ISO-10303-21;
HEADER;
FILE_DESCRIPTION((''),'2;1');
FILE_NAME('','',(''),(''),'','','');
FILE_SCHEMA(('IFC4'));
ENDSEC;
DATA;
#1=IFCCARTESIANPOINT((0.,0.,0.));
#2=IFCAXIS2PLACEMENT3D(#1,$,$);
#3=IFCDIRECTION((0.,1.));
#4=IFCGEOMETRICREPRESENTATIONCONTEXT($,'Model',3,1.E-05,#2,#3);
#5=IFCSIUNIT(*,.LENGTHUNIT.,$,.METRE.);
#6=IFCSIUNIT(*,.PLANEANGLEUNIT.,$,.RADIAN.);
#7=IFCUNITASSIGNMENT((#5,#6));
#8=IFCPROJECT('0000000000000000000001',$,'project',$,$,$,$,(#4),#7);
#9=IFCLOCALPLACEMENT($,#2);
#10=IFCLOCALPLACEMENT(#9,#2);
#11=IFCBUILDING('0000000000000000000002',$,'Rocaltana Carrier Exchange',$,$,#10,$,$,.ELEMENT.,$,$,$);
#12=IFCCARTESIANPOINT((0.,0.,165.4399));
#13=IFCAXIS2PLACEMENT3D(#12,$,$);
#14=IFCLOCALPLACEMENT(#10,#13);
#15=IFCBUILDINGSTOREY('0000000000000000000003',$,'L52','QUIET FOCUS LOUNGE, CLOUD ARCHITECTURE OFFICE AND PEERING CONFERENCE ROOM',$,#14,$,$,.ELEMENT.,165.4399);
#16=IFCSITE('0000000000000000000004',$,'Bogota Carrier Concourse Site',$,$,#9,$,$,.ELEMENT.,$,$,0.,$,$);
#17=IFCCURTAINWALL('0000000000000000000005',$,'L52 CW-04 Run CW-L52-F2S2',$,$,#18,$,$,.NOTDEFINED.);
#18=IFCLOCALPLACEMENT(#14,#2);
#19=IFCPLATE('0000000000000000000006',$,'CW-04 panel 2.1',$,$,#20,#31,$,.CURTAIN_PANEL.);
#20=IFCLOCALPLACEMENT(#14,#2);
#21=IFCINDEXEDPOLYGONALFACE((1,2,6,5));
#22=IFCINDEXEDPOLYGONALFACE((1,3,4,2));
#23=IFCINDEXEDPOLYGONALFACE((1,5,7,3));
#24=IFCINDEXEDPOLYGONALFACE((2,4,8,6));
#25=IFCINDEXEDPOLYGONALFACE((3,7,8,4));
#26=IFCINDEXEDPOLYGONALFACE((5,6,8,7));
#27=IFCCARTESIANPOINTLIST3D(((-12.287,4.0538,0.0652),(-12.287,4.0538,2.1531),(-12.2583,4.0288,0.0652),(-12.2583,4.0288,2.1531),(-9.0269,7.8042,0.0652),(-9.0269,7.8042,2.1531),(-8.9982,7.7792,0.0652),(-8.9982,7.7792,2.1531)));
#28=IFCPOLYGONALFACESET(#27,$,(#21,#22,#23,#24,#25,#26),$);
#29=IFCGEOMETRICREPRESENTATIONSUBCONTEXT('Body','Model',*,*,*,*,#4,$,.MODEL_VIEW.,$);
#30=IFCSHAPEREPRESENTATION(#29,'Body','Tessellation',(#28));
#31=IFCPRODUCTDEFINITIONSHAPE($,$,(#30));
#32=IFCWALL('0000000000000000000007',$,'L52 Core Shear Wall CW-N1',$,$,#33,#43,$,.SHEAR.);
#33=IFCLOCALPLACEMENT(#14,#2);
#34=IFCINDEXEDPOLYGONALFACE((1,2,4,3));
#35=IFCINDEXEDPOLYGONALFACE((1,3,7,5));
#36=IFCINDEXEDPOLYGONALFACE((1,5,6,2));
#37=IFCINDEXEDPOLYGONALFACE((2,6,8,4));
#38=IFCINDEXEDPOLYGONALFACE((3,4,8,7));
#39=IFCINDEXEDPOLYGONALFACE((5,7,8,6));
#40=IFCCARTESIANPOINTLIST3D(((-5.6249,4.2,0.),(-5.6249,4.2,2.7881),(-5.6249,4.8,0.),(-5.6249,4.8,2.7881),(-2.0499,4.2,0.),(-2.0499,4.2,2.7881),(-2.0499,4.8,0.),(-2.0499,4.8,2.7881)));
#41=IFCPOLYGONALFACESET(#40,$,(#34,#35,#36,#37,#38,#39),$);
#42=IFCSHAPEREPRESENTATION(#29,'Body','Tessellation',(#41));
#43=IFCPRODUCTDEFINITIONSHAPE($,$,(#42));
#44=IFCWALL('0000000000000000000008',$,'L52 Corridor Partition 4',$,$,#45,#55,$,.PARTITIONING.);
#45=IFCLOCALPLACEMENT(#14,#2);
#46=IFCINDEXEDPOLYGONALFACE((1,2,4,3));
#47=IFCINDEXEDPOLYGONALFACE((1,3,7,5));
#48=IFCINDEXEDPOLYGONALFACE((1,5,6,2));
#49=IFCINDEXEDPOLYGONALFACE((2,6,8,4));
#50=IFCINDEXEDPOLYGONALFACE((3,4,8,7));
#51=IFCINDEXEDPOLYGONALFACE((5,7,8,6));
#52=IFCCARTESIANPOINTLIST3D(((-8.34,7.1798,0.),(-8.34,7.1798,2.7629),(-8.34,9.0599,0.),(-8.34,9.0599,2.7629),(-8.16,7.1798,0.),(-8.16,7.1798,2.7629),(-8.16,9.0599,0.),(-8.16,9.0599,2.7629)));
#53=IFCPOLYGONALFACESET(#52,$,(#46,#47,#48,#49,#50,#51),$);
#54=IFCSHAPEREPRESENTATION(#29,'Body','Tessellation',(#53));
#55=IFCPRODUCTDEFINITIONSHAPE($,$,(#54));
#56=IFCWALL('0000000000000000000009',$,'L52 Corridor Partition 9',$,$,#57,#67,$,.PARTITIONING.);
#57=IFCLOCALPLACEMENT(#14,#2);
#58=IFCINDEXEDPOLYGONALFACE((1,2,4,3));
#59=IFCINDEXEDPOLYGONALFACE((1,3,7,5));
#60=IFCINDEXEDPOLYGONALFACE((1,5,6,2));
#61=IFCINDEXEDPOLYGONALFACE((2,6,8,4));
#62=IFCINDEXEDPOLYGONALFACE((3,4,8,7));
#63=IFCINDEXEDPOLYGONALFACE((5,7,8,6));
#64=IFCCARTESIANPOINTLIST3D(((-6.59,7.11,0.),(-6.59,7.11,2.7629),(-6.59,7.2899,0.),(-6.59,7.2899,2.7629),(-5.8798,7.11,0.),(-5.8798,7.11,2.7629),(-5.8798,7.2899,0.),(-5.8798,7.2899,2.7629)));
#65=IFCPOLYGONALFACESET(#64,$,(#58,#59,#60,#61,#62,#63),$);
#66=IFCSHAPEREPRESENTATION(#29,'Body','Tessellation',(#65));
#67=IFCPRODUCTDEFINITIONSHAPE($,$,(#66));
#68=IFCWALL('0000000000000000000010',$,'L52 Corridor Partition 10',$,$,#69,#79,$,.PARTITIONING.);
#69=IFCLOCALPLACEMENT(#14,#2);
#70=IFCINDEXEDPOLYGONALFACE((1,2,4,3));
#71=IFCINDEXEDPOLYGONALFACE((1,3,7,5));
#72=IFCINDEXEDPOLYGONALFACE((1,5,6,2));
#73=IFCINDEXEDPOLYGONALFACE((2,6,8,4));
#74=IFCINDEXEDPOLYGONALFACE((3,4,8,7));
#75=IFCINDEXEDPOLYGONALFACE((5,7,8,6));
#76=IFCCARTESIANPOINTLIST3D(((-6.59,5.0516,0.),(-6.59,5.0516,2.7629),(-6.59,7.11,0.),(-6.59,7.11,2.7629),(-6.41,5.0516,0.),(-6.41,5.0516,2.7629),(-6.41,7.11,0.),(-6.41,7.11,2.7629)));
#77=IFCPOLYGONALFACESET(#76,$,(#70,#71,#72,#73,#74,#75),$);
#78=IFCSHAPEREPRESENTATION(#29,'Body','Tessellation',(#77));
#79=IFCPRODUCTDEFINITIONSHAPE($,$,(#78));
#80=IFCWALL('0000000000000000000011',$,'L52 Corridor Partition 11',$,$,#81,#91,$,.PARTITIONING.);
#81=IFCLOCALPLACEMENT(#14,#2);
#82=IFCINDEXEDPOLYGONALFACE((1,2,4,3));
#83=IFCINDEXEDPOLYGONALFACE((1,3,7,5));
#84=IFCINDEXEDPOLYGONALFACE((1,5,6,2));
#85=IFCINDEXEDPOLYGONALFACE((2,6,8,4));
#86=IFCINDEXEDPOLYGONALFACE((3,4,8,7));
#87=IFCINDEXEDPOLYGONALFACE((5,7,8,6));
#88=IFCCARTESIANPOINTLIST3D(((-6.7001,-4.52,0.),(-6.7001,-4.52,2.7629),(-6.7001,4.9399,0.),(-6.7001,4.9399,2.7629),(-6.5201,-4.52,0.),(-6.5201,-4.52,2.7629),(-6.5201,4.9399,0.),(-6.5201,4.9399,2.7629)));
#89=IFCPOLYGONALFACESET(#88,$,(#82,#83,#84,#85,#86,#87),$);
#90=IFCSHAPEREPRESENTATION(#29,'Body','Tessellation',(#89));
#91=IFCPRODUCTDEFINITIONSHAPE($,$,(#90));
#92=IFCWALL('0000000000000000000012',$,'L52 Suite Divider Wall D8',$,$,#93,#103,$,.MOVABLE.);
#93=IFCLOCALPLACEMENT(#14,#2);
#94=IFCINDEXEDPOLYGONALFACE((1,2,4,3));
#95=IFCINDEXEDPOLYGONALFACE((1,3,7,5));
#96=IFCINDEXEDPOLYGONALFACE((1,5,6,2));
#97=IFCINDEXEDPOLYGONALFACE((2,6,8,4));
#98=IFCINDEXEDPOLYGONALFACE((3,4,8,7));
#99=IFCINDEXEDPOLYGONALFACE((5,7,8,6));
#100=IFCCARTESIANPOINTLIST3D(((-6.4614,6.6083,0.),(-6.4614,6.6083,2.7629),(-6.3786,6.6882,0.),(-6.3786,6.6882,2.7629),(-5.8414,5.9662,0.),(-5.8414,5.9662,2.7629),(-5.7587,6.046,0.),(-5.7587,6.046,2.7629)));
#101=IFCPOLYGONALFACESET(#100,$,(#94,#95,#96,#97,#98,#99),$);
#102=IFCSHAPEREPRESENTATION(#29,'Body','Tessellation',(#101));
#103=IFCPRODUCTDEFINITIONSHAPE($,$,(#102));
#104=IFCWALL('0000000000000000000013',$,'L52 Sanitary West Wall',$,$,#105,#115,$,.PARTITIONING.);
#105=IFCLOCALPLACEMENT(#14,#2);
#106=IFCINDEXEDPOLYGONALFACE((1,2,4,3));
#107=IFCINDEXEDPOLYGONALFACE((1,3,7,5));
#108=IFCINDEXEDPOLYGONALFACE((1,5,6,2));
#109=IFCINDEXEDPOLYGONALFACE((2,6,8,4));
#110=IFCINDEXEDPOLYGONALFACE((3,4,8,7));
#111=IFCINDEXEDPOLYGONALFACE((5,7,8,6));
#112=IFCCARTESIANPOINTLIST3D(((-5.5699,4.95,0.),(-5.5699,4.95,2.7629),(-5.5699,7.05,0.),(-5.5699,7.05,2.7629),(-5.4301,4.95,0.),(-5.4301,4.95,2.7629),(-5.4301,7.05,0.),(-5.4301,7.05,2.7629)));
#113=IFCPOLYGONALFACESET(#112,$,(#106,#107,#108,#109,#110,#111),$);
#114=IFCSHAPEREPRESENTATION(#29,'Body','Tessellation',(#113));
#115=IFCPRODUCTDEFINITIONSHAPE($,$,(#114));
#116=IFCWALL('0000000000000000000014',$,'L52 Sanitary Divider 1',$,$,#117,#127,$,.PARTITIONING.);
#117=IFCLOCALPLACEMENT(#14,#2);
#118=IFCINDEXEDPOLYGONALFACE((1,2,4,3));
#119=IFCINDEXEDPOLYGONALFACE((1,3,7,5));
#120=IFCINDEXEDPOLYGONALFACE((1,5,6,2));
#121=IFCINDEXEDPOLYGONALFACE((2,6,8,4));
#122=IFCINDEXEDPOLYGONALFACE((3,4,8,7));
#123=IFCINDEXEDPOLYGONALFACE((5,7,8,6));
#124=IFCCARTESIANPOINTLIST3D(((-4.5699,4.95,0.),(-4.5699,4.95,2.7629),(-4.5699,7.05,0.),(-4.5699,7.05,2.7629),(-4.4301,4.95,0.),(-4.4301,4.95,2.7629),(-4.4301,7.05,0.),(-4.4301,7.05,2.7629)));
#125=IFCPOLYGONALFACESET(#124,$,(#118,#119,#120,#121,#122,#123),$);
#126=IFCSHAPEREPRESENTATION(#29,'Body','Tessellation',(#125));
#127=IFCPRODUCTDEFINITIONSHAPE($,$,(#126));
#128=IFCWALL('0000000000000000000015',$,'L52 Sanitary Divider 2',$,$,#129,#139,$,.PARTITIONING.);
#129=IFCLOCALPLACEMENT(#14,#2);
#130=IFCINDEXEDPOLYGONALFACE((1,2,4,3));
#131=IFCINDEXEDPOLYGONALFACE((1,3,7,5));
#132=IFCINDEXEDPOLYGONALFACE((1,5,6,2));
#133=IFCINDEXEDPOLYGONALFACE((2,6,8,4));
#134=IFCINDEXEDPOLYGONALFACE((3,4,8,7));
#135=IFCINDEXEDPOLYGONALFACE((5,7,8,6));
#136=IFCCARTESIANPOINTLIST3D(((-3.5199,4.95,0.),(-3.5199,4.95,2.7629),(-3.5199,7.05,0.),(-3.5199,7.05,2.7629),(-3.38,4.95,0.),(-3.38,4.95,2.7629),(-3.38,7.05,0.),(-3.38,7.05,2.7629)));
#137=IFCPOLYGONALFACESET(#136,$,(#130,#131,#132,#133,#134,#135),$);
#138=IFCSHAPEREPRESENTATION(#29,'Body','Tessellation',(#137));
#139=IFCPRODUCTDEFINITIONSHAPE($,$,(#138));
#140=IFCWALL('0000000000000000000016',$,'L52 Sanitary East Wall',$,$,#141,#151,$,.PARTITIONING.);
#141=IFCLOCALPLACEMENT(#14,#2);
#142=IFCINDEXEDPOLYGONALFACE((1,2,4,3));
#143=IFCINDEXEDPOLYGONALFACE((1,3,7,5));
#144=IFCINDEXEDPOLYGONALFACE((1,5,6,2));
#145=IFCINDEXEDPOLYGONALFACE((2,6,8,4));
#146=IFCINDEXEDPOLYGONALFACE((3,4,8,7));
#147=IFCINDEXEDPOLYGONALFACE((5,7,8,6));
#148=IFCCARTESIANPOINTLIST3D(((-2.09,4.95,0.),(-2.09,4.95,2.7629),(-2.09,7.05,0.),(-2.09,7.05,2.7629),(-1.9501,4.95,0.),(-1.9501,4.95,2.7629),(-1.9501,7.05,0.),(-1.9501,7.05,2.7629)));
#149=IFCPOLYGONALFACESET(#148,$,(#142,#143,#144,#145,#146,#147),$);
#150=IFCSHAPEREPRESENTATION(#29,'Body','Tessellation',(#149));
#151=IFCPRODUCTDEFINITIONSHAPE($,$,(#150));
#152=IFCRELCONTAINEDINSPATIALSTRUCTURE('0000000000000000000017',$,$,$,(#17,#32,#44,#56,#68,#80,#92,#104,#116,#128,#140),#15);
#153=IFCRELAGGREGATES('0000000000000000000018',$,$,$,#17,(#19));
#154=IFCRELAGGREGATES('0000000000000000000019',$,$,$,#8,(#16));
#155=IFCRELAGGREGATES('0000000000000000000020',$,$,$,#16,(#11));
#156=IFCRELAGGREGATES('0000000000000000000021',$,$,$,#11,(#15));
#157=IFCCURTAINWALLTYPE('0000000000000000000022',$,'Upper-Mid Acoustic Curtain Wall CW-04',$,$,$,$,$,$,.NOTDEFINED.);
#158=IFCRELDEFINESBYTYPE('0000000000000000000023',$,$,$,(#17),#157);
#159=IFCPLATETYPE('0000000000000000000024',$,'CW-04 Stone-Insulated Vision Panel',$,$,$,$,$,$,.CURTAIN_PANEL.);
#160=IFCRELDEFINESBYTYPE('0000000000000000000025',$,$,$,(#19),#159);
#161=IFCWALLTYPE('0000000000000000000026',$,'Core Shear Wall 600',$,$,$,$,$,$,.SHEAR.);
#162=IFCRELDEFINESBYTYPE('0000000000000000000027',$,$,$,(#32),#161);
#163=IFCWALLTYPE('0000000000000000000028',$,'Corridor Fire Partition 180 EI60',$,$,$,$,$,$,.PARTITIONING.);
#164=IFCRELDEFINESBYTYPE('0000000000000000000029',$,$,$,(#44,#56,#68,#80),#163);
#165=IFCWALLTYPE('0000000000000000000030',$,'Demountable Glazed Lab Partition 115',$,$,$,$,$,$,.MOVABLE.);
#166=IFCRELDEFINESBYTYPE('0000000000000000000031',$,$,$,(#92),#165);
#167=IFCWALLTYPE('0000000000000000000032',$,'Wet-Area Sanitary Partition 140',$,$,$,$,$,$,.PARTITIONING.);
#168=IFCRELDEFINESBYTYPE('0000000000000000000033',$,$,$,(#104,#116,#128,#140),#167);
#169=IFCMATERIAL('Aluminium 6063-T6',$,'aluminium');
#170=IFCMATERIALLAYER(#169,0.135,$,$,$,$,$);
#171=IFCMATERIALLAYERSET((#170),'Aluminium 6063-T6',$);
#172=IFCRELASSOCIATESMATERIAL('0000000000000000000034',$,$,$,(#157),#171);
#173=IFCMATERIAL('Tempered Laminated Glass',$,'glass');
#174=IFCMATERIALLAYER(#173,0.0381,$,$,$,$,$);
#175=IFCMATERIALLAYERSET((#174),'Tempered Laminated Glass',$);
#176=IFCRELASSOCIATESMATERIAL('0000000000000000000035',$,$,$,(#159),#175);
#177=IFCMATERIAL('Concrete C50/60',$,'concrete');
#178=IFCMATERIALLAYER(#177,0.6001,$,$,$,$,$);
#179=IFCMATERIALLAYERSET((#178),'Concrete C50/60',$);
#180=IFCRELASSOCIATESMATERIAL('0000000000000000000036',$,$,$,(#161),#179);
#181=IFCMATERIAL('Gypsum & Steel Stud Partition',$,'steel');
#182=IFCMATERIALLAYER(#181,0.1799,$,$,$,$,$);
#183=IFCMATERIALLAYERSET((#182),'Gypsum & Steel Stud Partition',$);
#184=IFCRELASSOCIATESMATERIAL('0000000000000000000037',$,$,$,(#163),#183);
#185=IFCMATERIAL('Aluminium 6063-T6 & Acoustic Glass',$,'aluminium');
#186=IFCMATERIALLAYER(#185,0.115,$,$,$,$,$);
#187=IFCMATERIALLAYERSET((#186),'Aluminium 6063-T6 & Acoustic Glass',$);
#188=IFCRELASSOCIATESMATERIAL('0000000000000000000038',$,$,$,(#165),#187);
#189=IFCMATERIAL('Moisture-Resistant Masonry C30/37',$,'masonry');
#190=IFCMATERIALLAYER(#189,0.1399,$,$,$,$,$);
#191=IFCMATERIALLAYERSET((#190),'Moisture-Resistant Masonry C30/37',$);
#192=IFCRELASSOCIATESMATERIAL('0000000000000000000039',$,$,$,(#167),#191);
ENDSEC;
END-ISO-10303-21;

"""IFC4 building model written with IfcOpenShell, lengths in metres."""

from ifc_helpers import new_model, si_unit, direction, frame, frame_2d, origin, origin_2d, place, context, subcontext, project, spatial, rectangle, extrude, material, layer, layer_set, type_object, element, aggregate, save


model = new_model("IFC4")

# Units and contexts
model_context = context("Model", 3, precision=1e-05, world=origin(), true_north=direction((0.0, 1.0)))
body_context = subcontext(model_context, "Body", "Model", "MODEL_VIEW")
ifc_project = project(units=[si_unit("LENGTHUNIT", "METRE"), si_unit("PLANEANGLEUNIT", "RADIAN")], contexts=[model_context])

# Site, building, storey
site_placement = place(None, origin())
site = spatial("IfcSite", under=ifc_project, at=site_placement, Name="Bogota Carrier Concourse Site", CompositionType="ELEMENT", RefElevation=0.0)
building_placement = place(site_placement, origin())
building = spatial("IfcBuilding", under=site, at=building_placement, Name="Rocaltana Carrier Exchange", CompositionType="ELEMENT")
storey_placement = place(building_placement, frame((0.0, 0.0, 165.4399)))
storey = spatial("IfcBuildingStorey", under=building, at=storey_placement, Name="L52", Description="QUIET FOCUS LOUNGE, CLOUD ARCHITECTURE OFFICE AND PEERING CONFERENCE ROOM", CompositionType="ELEMENT", Elevation=165.4399)

# Curtain wall
ifc_material_1 = material(Name="Aluminium 6063-T6", Category="aluminium")
ifc_layer_1 = layer(ifc_material_1, 0.135)
ifc_layer_set_1 = layer_set([ifc_layer_1], Name="Aluminium 6063-T6")
curtain_wall_type = type_object("IfcCurtainWallType", Name="Upper-Mid Acoustic Curtain Wall CW-04", PredefinedType="NOTDEFINED", material=ifc_layer_set_1)
curtain_wall_placement = place(storey_placement, origin())
curtain_wall = element("IfcCurtainWall", 1, at=curtain_wall_placement, inside=storey, type_object=curtain_wall_type, Name="L52 CW-04 Run CW-L52-F2S2", PredefinedType="NOTDEFINED")

# Plate
ifc_material_2 = material(Name="Tempered Laminated Glass", Category="glass")
ifc_layer_2 = layer(ifc_material_2, 0.0381)
ifc_layer_set_2 = layer_set([ifc_layer_2], Name="Tempered Laminated Glass")
plate_type = type_object("IfcPlateType", Name="CW-04 Stone-Insulated Vision Panel", PredefinedType="CURTAIN_PANEL", material=ifc_layer_set_2)
plate_placement = place(storey_placement, frame((-10.6426, 5.9165, 0.0652), z_axis=(0.0, 0.0, 1.0), x_axis=(-0.656057, -0.754712, 0.0)))
plate = element("IfcPlate", 2, at=plate_placement, type_object=plate_type, Name="CW-04 panel 2.1", PredefinedType="CURTAIN_PANEL", context=body_context, shape_type="SweptSolid", body=[
    extrude(rectangle(XDim=4.9692, YDim=0.0381, at=origin_2d()), origin(), (0.0, 0.0, 1.0), 2.0879),
])
aggregate(curtain_wall, [plate])

# Walls
ifc_material_3 = material(Name="Concrete C50/60", Category="concrete")
ifc_layer_3 = layer(ifc_material_3, 0.6001)
ifc_layer_set_3 = layer_set([ifc_layer_3], Name="Concrete C50/60")
wall_type_1 = type_object("IfcWallType", Name="Core Shear Wall 600", PredefinedType="SHEAR", material=ifc_layer_set_3)
wall_1_placement = place(storey_placement, frame((-5.625, 4.5, 0.0), z_axis=(0.0, 0.0, 1.0), x_axis=(1.0, 0.0, 0.0)))
element("IfcWall", 3, at=wall_1_placement, inside=storey, type_object=wall_type_1, Name="L52 Core Shear Wall CW-N1", PredefinedType="SHEAR", context=body_context, shape_type="SweptSolid", body=[
    extrude(rectangle(XDim=3.575, YDim=0.6001, at=frame_2d((1.7876, 0.0))), origin(), (0.0, 0.0, 1.0), 2.7881),
])
ifc_material_4 = material(Name="Gypsum & Steel Stud Partition", Category="steel")
ifc_layer_4 = layer(ifc_material_4, 0.1799)
ifc_layer_set_4 = layer_set([ifc_layer_4], Name="Gypsum & Steel Stud Partition")
wall_type_2 = type_object("IfcWallType", Name="Corridor Fire Partition 180 EI60", PredefinedType="PARTITIONING", material=ifc_layer_set_4)
wall_2_placement = place(storey_placement, frame((-8.25, 7.1799, 0.0), z_axis=(0.0, 0.0, 1.0), x_axis=(0.0, 1.0, 0.0)))
element("IfcWall", 4, at=wall_2_placement, inside=storey, type_object=wall_type_2, Name="L52 Corridor Partition 4", PredefinedType="PARTITIONING", context=body_context, shape_type="SweptSolid", body=[
    extrude(rectangle(XDim=1.8801, YDim=0.1799, at=frame_2d((0.9399, 0.0))), origin(), (0.0, 0.0, 1.0), 2.7629),
])
wall_3_placement = place(storey_placement, frame((-5.8799, 7.2, 0.0), z_axis=(0.0, 0.0, 1.0), x_axis=(-1.0, 0.0, 0.0)))
element("IfcWall", 5, at=wall_3_placement, inside=storey, type_object=wall_type_2, Name="L52 Corridor Partition 9", PredefinedType="PARTITIONING", context=body_context, shape_type="SweptSolid", body=[
    extrude(rectangle(XDim=0.7102, YDim=0.1799, at=frame_2d((0.355, 0.0))), origin(), (0.0, 0.0, 1.0), 2.7629),
])
wall_4_placement = place(storey_placement, frame((-6.5, 7.1101, 0.0), z_axis=(0.0, 0.0, 1.0), x_axis=(0.0, -1.0, 0.0)))
element("IfcWall", 6, at=wall_4_placement, inside=storey, type_object=wall_type_2, Name="L52 Corridor Partition 10", PredefinedType="PARTITIONING", context=body_context, shape_type="SweptSolid", body=[
    extrude(rectangle(XDim=2.0583, YDim=0.1799, at=frame_2d((1.0293, 0.0))), origin(), (0.0, 0.0, 1.0), 2.7629),
])
wall_5_placement = place(storey_placement, frame((-6.6101, 4.9399, 0.0), z_axis=(0.0, 0.0, 1.0), x_axis=(0.0, -1.0, 0.0)))
element("IfcWall", 7, at=wall_5_placement, inside=storey, type_object=wall_type_2, Name="L52 Corridor Partition 11", PredefinedType="PARTITIONING", context=body_context, shape_type="SweptSolid", body=[
    extrude(rectangle(XDim=9.46, YDim=0.1799, at=frame_2d((4.73, 0.0))), origin(), (0.0, 0.0, 1.0), 2.7629),
])
ifc_material_5 = material(Name="Aluminium 6063-T6 & Acoustic Glass", Category="aluminium")
ifc_layer_5 = layer(ifc_material_5, 0.115)
ifc_layer_set_5 = layer_set([ifc_layer_5], Name="Aluminium 6063-T6 & Acoustic Glass")
wall_type_3 = type_object("IfcWallType", Name="Demountable Glazed Lab Partition 115", PredefinedType="MOVABLE", material=ifc_layer_set_5)
wall_6_placement = place(storey_placement, frame((-5.8, 6.0061, 0.0), z_axis=(0.0, 0.0, 1.0), x_axis=(-0.694551, 0.719444, 0.0)))
element("IfcWall", 8, at=wall_6_placement, inside=storey, type_object=wall_type_3, Name="L52 Suite Divider Wall D8", PredefinedType="MOVABLE", context=body_context, shape_type="SweptSolid", body=[
    extrude(rectangle(XDim=0.8926, YDim=0.115, at=frame_2d((0.4463, 0.0))), origin(), (0.0, 0.0, 1.0), 2.7629),
])
ifc_material_6 = material(Name="Moisture-Resistant Masonry C30/37", Category="masonry")
ifc_layer_6 = layer(ifc_material_6, 0.1399)
ifc_layer_set_6 = layer_set([ifc_layer_6], Name="Moisture-Resistant Masonry C30/37")
wall_type_4 = type_object("IfcWallType", Name="Wet-Area Sanitary Partition 140", PredefinedType="PARTITIONING", material=ifc_layer_set_6)
for number, where, z_axis, x_axis, name in (
    (9, (-5.5, 4.95, 0.0), (0.0, 0.0, 1.0), (0.0, 1.0, 0.0), "L52 Sanitary West Wall"),
    (10, (-4.5, 4.95, 0.0), (0.0, 0.0, 1.0), (0.0, 1.0, 0.0), "L52 Sanitary Divider 1"),
    (11, (-3.45, 4.95, 0.0), (0.0, 0.0, 1.0), (0.0, 1.0, 0.0), "L52 Sanitary Divider 2"),
    (12, (-2.02, 4.95, 0.0), (0.0, 0.0, 1.0), (0.0, 1.0, 0.0), "L52 Sanitary East Wall"),
):
    element("IfcWall", number, at=place(storey_placement, frame(where, z_axis=z_axis, x_axis=x_axis)), inside=storey, type_object=wall_type_4, Name=name, PredefinedType="PARTITIONING", context=body_context, shape_type="SweptSolid", body=[
        extrude(rectangle(XDim=2.1001, YDim=0.1399, at=frame_2d((1.05, 0.0))), origin(), (0.0, 0.0, 1.0), 2.7629),
    ])

save(model, "model.ifc")
